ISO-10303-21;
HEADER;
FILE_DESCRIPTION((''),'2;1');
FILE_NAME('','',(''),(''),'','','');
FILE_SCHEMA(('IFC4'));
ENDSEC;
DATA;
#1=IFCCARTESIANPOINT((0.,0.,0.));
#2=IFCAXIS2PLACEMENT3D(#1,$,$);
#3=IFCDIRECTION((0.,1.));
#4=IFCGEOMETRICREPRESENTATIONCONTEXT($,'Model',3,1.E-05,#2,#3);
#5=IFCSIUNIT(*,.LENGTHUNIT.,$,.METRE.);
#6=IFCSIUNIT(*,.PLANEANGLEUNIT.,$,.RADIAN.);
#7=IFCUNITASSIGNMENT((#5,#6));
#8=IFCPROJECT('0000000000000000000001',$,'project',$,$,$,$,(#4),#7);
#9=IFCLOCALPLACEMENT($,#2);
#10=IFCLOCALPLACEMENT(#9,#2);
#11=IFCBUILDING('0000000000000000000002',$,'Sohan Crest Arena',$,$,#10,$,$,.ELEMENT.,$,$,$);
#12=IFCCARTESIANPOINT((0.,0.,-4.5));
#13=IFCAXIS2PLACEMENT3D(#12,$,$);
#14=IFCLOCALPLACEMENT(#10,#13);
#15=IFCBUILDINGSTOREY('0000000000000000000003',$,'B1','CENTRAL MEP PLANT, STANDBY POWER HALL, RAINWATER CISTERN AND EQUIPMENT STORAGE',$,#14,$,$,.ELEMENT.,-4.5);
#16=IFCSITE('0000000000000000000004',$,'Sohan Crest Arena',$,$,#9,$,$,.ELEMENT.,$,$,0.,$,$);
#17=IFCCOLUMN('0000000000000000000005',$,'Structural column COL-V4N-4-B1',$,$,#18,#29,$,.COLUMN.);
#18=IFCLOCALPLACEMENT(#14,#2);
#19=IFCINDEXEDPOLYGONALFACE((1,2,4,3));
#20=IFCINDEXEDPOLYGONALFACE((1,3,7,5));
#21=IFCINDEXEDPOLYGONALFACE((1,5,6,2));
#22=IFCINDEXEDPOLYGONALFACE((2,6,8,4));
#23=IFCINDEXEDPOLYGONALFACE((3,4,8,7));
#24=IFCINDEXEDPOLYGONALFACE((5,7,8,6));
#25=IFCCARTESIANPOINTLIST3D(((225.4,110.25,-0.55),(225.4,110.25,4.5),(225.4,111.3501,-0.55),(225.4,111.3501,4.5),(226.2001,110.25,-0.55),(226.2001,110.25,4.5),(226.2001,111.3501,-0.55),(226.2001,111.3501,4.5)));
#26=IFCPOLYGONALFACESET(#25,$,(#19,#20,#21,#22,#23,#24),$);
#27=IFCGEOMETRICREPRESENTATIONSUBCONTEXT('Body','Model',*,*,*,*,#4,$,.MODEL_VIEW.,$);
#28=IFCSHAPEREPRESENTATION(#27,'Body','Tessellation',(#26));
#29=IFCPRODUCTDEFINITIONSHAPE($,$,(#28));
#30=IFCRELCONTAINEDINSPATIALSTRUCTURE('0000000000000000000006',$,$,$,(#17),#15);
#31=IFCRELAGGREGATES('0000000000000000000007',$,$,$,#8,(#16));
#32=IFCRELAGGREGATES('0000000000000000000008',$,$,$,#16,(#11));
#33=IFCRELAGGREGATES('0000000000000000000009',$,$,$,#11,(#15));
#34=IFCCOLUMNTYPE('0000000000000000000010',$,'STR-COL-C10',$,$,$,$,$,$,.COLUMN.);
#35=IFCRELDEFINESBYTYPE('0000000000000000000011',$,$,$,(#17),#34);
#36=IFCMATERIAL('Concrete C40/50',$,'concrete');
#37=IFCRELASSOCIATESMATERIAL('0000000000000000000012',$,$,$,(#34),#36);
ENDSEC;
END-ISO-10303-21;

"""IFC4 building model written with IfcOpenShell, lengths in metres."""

from ifc_helpers import new_model, si_unit, direction, frame, origin, origin_2d, place, context, subcontext, project, spatial, rectangle, extrude, material, material_profile, profile_set, type_object, element, save


model = new_model("IFC4")

# Units and contexts
model_context = context("Model", 3, precision=1e-05, world=origin(), true_north=direction((0.0, 1.0)))
body_context = subcontext(model_context, "Body", "Model", "MODEL_VIEW")
ifc_project = project(units=[si_unit("LENGTHUNIT", "METRE"), si_unit("PLANEANGLEUNIT", "RADIAN")], contexts=[model_context])

# Site, building, storey
site_placement = place(None, origin())
site = spatial("IfcSite", under=ifc_project, at=site_placement, Name="Sohan Crest Arena", CompositionType="ELEMENT", RefElevation=0.0)
building_placement = place(site_placement, origin())
building = spatial("IfcBuilding", under=site, at=building_placement, Name="Sohan Crest Arena", CompositionType="ELEMENT")
storey_placement = place(building_placement, frame((0.0, 0.0, -4.5)))
storey = spatial("IfcBuildingStorey", under=building, at=storey_placement, Name="B1", Description="CENTRAL MEP PLANT, STANDBY POWER HALL, RAINWATER CISTERN AND EQUIPMENT STORAGE", CompositionType="ELEMENT", Elevation=-4.5)

# Shared definitions
ifc_material = material(Name="Concrete C40/50", Category="concrete")

# Column
ifc_material_profile_1 = material_profile(ifc_material, rectangle(XDim=1.1001, YDim=0.8, at=origin_2d()), Name="RC 1100x800")
ifc_profile_set_1 = profile_set([ifc_material_profile_1], Name="Concrete C40/50")
column_type_1 = type_object("IfcColumnType", Name="STR-COL-C10", PredefinedType="COLUMN", material=ifc_profile_set_1)
for number, where, z_axis, x_axis, name in (
    (1, (225.8, 110.8, -0.55), (0.0, 0.0, 1.0), (0.0, 1.0, 0.0), "Structural column COL-V4N-4-B1"),
):
    element("IfcColumn", number, at=place(storey_placement, frame(where, z_axis=z_axis, x_axis=x_axis)), inside=storey, type_object=column_type_1, Name=name, PredefinedType="COLUMN", context=body_context, shape_type="SweptSolid", body=[
        extrude(rectangle(XDim=1.1001, YDim=0.8, at=origin_2d()), origin(), (0.0, 0.0, 1.0), 5.05),
    ])

save(model, "model.ifc")
